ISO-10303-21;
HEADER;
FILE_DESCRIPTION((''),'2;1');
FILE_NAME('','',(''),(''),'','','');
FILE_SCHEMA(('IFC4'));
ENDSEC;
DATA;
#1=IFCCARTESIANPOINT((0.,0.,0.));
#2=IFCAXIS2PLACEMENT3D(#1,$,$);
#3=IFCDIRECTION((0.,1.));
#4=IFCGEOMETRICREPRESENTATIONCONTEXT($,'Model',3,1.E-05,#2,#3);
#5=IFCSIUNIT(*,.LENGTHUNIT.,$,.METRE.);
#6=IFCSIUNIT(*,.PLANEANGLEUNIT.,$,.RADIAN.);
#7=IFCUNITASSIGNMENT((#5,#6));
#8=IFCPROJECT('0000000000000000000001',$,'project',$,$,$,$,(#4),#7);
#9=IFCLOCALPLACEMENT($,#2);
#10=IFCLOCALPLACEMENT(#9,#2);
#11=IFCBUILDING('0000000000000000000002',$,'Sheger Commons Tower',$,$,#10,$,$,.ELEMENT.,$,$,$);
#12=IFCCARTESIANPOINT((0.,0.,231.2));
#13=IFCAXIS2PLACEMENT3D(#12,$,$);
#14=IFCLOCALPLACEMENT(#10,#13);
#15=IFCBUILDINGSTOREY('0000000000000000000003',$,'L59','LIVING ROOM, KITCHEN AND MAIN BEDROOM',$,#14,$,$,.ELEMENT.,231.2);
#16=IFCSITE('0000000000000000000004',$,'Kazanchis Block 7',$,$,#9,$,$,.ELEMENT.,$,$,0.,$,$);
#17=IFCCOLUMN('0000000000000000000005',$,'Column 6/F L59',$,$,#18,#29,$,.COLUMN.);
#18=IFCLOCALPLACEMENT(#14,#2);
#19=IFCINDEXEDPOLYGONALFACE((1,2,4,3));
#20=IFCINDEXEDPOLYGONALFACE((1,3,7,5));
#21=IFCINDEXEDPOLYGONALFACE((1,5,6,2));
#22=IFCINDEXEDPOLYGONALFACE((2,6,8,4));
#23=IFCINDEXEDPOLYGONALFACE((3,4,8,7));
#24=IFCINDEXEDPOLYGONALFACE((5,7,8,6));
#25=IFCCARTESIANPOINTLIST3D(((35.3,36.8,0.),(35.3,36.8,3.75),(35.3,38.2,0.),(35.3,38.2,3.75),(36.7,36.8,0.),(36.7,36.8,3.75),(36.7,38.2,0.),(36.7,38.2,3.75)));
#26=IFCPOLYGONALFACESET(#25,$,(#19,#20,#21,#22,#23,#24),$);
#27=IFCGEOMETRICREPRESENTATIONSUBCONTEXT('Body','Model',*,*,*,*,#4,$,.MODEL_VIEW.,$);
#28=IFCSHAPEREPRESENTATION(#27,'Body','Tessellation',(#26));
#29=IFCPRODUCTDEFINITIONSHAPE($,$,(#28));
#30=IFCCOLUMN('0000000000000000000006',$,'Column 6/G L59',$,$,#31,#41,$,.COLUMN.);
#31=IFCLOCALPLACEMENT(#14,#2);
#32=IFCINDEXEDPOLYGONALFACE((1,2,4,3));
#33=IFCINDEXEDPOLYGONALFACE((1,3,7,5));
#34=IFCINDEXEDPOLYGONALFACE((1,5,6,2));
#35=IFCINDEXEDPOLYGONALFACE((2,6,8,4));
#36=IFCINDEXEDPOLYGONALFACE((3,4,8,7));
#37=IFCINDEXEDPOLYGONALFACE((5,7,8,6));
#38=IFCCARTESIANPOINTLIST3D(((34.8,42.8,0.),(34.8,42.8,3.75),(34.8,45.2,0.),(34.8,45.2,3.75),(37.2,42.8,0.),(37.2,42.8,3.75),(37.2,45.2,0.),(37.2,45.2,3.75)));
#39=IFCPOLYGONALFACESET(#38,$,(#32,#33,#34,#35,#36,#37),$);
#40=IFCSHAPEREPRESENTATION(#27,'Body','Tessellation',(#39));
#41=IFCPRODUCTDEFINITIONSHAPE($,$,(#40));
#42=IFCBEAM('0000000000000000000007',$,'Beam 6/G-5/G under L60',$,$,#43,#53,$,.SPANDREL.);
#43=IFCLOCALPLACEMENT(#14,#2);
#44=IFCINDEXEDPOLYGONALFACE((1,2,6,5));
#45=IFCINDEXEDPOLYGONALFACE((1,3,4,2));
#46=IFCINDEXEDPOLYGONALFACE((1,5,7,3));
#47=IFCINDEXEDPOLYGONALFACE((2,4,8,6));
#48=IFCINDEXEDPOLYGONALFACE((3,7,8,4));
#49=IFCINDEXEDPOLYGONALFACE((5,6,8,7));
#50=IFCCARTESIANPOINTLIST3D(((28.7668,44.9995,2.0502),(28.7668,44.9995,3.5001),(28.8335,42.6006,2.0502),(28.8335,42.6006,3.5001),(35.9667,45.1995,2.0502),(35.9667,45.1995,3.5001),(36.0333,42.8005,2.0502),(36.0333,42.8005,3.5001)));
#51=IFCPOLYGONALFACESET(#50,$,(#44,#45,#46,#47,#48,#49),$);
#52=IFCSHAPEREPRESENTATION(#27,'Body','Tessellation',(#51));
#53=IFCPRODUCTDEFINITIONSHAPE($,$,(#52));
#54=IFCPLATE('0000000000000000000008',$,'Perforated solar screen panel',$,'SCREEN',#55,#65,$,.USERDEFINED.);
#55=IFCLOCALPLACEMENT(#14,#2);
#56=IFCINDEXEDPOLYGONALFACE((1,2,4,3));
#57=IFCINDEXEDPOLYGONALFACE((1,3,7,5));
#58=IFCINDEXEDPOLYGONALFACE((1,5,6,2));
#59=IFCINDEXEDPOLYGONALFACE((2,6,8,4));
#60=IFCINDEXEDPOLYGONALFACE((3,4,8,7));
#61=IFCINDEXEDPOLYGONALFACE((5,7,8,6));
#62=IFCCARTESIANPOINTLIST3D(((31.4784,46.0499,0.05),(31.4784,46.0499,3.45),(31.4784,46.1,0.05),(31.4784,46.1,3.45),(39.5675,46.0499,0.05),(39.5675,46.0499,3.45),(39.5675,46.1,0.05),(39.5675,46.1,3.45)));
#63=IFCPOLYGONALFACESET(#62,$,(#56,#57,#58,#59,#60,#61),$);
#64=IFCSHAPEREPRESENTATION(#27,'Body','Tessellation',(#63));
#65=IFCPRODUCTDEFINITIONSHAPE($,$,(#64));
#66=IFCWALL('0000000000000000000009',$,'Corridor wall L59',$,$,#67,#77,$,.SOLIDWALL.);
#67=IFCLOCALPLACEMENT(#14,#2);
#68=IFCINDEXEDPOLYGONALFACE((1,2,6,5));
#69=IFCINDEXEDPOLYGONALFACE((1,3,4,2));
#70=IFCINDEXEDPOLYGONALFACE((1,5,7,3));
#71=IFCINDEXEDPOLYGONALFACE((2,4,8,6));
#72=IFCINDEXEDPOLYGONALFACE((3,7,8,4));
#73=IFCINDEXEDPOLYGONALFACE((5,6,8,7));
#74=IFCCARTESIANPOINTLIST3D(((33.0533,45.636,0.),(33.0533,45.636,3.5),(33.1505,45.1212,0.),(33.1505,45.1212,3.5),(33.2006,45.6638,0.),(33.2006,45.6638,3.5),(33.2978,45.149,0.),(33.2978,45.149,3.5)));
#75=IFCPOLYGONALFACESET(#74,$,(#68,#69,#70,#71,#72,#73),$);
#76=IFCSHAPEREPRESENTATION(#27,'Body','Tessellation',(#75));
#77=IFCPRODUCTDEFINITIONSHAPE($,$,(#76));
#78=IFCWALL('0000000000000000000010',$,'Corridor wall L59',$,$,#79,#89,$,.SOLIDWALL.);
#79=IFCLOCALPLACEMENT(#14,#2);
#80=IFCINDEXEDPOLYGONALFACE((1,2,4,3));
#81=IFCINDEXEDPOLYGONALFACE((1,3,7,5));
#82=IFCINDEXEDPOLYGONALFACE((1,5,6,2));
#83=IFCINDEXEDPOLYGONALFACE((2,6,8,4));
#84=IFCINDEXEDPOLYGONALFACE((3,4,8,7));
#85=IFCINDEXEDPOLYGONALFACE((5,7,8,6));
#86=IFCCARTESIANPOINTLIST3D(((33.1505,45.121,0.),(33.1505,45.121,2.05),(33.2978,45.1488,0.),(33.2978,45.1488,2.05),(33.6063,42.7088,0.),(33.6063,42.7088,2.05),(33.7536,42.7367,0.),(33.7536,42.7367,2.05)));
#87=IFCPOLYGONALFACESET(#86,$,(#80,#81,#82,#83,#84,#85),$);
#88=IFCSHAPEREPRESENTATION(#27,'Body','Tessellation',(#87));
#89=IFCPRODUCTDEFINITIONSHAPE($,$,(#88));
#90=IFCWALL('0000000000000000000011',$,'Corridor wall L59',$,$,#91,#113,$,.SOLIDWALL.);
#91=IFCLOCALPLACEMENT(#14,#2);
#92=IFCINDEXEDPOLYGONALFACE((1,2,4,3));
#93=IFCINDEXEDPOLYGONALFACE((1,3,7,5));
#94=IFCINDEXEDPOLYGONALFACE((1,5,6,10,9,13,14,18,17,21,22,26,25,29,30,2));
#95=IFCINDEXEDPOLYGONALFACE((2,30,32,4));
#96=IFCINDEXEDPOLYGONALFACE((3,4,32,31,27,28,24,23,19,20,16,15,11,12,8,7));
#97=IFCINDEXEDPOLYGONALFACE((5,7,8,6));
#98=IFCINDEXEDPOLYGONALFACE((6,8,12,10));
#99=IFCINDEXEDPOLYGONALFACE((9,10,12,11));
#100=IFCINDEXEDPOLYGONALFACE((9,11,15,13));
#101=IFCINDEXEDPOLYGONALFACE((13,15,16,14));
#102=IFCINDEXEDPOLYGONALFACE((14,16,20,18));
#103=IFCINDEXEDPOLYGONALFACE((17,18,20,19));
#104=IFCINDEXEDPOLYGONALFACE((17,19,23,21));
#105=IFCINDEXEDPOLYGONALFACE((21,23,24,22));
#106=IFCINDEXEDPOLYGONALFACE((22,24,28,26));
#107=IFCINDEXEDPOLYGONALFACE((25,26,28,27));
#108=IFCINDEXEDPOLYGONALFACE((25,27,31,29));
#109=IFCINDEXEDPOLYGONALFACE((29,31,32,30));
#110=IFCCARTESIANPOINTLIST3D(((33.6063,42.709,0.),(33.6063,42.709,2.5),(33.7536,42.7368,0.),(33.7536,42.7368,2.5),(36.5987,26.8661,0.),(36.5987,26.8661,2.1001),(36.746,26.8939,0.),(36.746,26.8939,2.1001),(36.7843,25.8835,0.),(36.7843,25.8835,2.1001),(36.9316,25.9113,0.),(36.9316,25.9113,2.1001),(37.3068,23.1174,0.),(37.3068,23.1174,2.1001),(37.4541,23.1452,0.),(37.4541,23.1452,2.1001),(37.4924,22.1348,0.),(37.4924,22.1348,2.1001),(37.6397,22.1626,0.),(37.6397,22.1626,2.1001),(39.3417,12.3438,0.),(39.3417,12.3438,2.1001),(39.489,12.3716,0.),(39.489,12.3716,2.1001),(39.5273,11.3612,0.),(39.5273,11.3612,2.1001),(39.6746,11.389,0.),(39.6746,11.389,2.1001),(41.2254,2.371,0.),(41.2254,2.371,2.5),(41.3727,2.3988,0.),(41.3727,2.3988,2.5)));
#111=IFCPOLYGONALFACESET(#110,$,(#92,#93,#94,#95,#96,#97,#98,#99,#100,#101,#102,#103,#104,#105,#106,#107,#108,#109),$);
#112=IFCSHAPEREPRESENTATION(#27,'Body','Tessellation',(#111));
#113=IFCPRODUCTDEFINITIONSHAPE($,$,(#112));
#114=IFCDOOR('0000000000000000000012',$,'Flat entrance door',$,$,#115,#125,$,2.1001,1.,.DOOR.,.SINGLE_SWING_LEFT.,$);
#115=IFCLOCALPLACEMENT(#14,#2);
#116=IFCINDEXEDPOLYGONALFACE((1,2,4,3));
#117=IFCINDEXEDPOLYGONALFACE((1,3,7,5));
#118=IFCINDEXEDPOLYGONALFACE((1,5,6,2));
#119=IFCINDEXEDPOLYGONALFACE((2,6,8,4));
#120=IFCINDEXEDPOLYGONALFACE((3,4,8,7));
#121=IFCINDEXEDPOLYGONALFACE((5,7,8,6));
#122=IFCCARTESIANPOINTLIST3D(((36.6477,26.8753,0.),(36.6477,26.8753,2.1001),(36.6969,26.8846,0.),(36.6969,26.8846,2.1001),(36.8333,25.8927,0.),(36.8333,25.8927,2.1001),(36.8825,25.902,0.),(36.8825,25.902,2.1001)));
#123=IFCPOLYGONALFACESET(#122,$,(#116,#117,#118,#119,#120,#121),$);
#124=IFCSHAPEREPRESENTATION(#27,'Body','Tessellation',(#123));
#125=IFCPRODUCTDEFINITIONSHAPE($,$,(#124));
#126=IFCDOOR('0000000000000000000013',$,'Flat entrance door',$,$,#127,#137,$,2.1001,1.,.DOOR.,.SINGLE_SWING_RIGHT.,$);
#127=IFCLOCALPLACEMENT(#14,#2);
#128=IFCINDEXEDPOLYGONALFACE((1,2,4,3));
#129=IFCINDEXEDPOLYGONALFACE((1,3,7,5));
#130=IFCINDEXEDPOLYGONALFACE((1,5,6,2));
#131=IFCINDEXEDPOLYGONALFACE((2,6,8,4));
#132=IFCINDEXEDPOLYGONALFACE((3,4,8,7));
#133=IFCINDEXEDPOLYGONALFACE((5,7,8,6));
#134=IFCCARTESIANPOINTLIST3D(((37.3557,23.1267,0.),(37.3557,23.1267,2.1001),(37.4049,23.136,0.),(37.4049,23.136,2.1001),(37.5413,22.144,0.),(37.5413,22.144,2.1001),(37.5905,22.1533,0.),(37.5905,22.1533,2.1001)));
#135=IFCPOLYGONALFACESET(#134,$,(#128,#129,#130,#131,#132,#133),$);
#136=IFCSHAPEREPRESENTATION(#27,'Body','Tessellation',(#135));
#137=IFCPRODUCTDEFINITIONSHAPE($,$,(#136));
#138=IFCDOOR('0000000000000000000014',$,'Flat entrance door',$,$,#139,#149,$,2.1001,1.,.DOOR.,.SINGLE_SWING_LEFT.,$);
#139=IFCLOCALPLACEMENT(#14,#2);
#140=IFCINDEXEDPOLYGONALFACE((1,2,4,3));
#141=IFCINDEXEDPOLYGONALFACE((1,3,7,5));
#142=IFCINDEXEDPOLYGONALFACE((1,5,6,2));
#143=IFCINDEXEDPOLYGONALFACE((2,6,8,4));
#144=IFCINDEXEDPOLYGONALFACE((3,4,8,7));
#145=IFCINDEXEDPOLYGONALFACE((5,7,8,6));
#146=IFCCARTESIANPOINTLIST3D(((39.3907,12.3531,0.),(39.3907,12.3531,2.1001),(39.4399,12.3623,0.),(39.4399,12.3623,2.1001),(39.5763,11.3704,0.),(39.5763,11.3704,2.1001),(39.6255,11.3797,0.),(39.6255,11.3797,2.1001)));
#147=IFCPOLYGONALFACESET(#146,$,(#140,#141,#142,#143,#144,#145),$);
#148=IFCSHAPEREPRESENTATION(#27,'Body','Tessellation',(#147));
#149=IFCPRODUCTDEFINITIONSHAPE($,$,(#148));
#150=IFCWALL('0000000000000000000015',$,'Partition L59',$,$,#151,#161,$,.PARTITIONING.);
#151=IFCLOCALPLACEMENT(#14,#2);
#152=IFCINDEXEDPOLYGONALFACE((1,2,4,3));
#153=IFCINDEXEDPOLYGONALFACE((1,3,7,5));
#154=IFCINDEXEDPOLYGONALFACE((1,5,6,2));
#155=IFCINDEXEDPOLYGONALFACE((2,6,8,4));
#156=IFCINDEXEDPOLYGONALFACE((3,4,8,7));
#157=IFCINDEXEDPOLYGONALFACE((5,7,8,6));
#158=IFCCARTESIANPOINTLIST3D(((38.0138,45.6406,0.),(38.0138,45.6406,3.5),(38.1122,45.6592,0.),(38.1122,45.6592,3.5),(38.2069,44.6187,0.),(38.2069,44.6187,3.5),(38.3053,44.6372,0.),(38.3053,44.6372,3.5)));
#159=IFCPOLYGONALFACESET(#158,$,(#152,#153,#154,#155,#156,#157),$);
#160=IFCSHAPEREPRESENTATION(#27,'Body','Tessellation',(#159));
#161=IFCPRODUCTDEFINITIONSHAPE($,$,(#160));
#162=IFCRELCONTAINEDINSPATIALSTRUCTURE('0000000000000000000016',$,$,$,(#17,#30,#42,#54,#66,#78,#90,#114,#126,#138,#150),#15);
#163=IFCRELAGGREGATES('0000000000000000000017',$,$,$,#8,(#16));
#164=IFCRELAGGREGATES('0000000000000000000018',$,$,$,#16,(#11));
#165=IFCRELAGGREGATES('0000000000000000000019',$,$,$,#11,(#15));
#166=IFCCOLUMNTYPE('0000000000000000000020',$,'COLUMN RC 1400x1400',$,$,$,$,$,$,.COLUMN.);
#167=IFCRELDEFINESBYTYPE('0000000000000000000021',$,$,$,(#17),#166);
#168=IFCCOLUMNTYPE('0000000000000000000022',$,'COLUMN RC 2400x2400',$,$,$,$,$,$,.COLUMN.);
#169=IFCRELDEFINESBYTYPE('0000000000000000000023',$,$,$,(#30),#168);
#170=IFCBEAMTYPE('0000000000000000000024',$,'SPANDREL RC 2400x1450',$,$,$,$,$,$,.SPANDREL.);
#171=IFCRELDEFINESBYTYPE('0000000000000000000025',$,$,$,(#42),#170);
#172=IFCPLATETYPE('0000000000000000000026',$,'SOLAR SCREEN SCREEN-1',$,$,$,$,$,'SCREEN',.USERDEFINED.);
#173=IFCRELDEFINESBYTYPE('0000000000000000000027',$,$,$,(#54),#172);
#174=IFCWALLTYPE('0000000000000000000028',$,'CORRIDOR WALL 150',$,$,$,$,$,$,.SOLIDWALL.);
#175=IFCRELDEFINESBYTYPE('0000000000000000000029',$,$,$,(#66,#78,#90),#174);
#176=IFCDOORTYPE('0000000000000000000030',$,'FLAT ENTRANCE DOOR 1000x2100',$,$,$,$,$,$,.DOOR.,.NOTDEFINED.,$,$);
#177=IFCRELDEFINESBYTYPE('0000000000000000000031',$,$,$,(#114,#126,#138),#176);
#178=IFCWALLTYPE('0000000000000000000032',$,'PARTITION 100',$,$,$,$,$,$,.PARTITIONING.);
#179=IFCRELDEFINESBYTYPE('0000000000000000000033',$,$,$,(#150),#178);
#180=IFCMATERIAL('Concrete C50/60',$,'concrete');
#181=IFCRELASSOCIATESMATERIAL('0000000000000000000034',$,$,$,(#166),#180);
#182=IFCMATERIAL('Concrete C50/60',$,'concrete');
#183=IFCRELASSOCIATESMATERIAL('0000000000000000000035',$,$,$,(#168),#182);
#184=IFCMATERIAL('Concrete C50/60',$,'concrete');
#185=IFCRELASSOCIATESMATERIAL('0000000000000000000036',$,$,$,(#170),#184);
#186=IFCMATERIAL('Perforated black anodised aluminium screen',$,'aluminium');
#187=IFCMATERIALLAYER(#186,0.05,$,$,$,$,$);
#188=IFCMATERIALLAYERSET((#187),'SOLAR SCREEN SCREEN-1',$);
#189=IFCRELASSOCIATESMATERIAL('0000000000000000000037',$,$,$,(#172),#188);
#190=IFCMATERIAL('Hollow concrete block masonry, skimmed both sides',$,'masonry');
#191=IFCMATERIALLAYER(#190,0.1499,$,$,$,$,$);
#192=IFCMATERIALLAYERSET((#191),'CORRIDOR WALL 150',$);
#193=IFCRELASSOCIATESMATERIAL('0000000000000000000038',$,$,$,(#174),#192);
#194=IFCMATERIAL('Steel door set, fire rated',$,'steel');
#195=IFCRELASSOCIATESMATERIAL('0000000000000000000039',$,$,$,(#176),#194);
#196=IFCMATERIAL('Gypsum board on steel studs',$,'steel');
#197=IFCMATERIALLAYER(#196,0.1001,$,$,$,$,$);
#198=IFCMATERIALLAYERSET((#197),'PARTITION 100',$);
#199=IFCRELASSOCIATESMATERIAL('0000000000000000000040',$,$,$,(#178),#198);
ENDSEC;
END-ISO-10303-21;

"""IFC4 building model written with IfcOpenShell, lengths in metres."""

from ifc_helpers import new_model, si_unit, direction, frame, frame_2d, origin, origin_2d, place, context, subcontext, project, spatial, rectangle, extrude, material, layer, layer_set, material_profile, profile_set, type_object, element, fill, save


model = new_model("IFC4")

# Units and contexts
model_context = context("Model", 3, precision=1e-05, world=origin(), true_north=direction((0.0, 1.0)))
body_context = subcontext(model_context, "Body", "Model", "MODEL_VIEW")
ifc_project = project(units=[si_unit("LENGTHUNIT", "METRE"), si_unit("PLANEANGLEUNIT", "RADIAN")], contexts=[model_context])

# Site, building, storey
site_placement = place(None, origin())
site = spatial("IfcSite", under=ifc_project, at=site_placement, Name="Kazanchis Block 7", CompositionType="ELEMENT", RefElevation=0.0)
building_placement = place(site_placement, origin())
building = spatial("IfcBuilding", under=site, at=building_placement, Name="Sheger Commons Tower", CompositionType="ELEMENT")
storey_placement = place(building_placement, frame((0.0, 0.0, 231.2)))
storey = spatial("IfcBuildingStorey", under=building, at=storey_placement, Name="L59", Description="LIVING ROOM, KITCHEN AND MAIN BEDROOM", CompositionType="ELEMENT", Elevation=231.2)

# Columns
ifc_material_1 = material(Name="Concrete C50/60", Category="concrete")
ifc_material_profile_1 = material_profile(ifc_material_1, rectangle(XDim=1.3999, YDim=1.3999, at=origin_2d()), Name="RC 1400x1400")
ifc_profile_set_1 = profile_set([ifc_material_profile_1], Name="Concrete C50/60")
column_type_1 = type_object("IfcColumnType", Name="COLUMN RC 1400x1400", PredefinedType="COLUMN", material=ifc_profile_set_1)
column_1_placement = place(storey_placement, frame((36.0, 37.5, 0.0), z_axis=(0.0, 0.0, 1.0), x_axis=(1.0, 0.0, 0.0)))
element("IfcColumn", 1, at=column_1_placement, inside=storey, type_object=column_type_1, Name="Column 6/F L59", PredefinedType="COLUMN", context=body_context, shape_type="SweptSolid", body=[
    extrude(rectangle(XDim=1.3999, YDim=1.3999, at=origin_2d()), origin(), (0.0, 0.0, 1.0), 3.75),
])
ifc_material_2 = material(Name="Concrete C50/60", Category="concrete")
ifc_material_profile_2 = material_profile(ifc_material_2, rectangle(XDim=2.3999, YDim=2.3999, at=origin_2d()), Name="RC 2400x2400")
ifc_profile_set_2 = profile_set([ifc_material_profile_2], Name="Concrete C50/60")
column_type_2 = type_object("IfcColumnType", Name="COLUMN RC 2400x2400", PredefinedType="COLUMN", material=ifc_profile_set_2)
column_2_placement = place(storey_placement, frame((36.0, 44.0, 0.0), z_axis=(0.0, 0.0, 1.0), x_axis=(1.0, 0.0, 0.0)))
element("IfcColumn", 2, at=column_2_placement, inside=storey, type_object=column_type_2, Name="Column 6/G L59", PredefinedType="COLUMN", context=body_context, shape_type="SweptSolid", body=[
    extrude(rectangle(XDim=2.3999, YDim=2.3999, at=origin_2d()), origin(), (0.0, 0.0, 1.0), 3.75),
])

# Beam
ifc_material_3 = material(Name="Concrete C50/60", Category="concrete")
ifc_material_profile_3 = material_profile(ifc_material_3, rectangle(XDim=2.3999, YDim=1.45, at=origin_2d()), Name="RC 2400x1450")
ifc_profile_set_3 = profile_set([ifc_material_profile_3], Name="Concrete C50/60")
beam_type = type_object("IfcBeamType", Name="SPANDREL RC 2400x1450", PredefinedType="SPANDREL", material=ifc_profile_set_3)
beam_placement = place(storey_placement, frame((36.0, 44.0, 2.7751), z_axis=(-0.999615, -0.02776, 0.0), x_axis=(0.02776, -0.999615, 0.0)))
element("IfcBeam", 3, at=beam_placement, inside=storey, type_object=beam_type, Name="Beam 6/G-5/G under L60", PredefinedType="SPANDREL", context=body_context, shape_type="SweptSolid", body=[
    extrude(rectangle(XDim=2.3999, YDim=1.45, at=origin_2d()), origin(), (0.0, 0.0, 1.0), 7.2026),
])

# Plate
ifc_material_4 = material(Name="Perforated black anodised aluminium screen", Category="aluminium")
ifc_layer_1 = layer(ifc_material_4, 0.05)
ifc_layer_set_1 = layer_set([ifc_layer_1], Name="SOLAR SCREEN SCREEN-1")
plate_type = type_object("IfcPlateType", Name="SOLAR SCREEN SCREEN-1", ElementType="SCREEN", PredefinedType="USERDEFINED", material=ifc_layer_set_1)
plate_placement = place(storey_placement, frame((35.5229, 46.075, 0.05), z_axis=(0.0, 0.0, 1.0), x_axis=(-1.0, 0.0, 0.0)))
element("IfcPlate", 4, at=plate_placement, inside=storey, type_object=plate_type, Name="Perforated solar screen panel", ObjectType="SCREEN", PredefinedType="USERDEFINED", context=body_context, shape_type="SweptSolid", body=[
    extrude(rectangle(XDim=8.0891, YDim=0.05, at=origin_2d()), origin(), (0.0, 0.0, 1.0), 3.3999),
])

# Walls
ifc_material_5 = material(Name="Hollow concrete block masonry, skimmed both sides", Category="masonry")
ifc_layer_2 = layer(ifc_material_5, 0.1499)
ifc_layer_set_2 = layer_set([ifc_layer_2], Name="CORRIDOR WALL 150")
wall_type_1 = type_object("IfcWallType", Name="CORRIDOR WALL 150", PredefinedType="SOLIDWALL", material=ifc_layer_set_2)
wall_1_placement = place(storey_placement, frame((33.127, 45.6499, 0.0), z_axis=(0.0, 0.0, 1.0), x_axis=(0.185442, -0.982655, 0.0)))
element("IfcWall", 5, at=wall_1_placement, inside=storey, type_object=wall_type_1, Name="Corridor wall L59", PredefinedType="SOLIDWALL", context=body_context, shape_type="SweptSolid", body=[
    extrude(rectangle(XDim=0.5239, YDim=0.1499, at=frame_2d((0.262, 0.0))), origin(), (0.0, 0.0, 1.0), 3.5),
])
wall_2_placement = place(storey_placement, frame((33.2241, 45.135, 0.0), z_axis=(0.0, 0.0, 1.0), x_axis=(0.185681, -0.98261, 0.0)))
element("IfcWall", 6, at=wall_2_placement, inside=storey, type_object=wall_type_1, Name="Corridor wall L59", PredefinedType="SOLIDWALL", context=body_context, shape_type="SweptSolid", body=[
    extrude(rectangle(XDim=2.4548, YDim=0.1499, at=frame_2d((1.2275, 0.0))), origin(), (0.0, 0.0, 1.0), 2.05),
])

# Wall, openings, doors
wall_3_placement = place(storey_placement, frame((33.6799, 42.7229, 0.0), z_axis=(0.0, 0.0, 1.0), x_axis=(0.185601, -0.982625, 0.0)))
wall_3 = element("IfcWall", 7, at=wall_3_placement, inside=storey, type_object=wall_type_1, Name="Corridor wall L59", PredefinedType="SOLIDWALL", context=body_context, shape_type="SweptSolid", body=[
    extrude(rectangle(XDim=41.0513, YDim=0.1499, at=frame_2d((20.5256, 0.0))), origin(), (0.0, 0.0, 1.0), 2.5),
])
opening_1_placement = place(wall_3_placement, frame((16.123, 0.0, 0.0)))
opening_1 = element("IfcOpeningElement", 8, at=opening_1_placement, cuts=wall_3, PredefinedType="OPENING", context=body_context, shape_type="SweptSolid", body=[
    extrude(rectangle(XDim=1.0, YDim=2.1001, at=frame_2d((0.5, 1.05))), frame((0.0, 0.085, 0.0), z_axis=(0.0, -1.0, 0.0), x_axis=(1.0, 0.0, 0.0)), (0.0, 0.0, 1.0), 0.1699),
])
opening_2_placement = place(wall_3_placement, frame((19.938, 0.0, 0.0)))
opening_2 = element("IfcOpeningElement", 9, at=opening_2_placement, cuts=wall_3, PredefinedType="OPENING", context=body_context, shape_type="SweptSolid", body=[
    extrude(rectangle(XDim=1.0, YDim=2.1001, at=frame_2d((0.5, 1.05))), frame((0.0, 0.085, 0.0), z_axis=(0.0, -1.0, 0.0), x_axis=(1.0, 0.0, 0.0)), (0.0, 0.0, 1.0), 0.1699),
])
opening_3_placement = place(wall_3_placement, frame((30.9021, 0.0, 0.0)))
opening_3 = element("IfcOpeningElement", 10, at=opening_3_placement, cuts=wall_3, PredefinedType="OPENING", context=body_context, shape_type="SweptSolid", body=[
    extrude(rectangle(XDim=1.0, YDim=2.1001, at=frame_2d((0.5, 1.05))), frame((0.0, 0.085, 0.0), z_axis=(0.0, -1.0, 0.0), x_axis=(1.0, 0.0, 0.0)), (0.0, 0.0, 1.0), 0.1699),
])
ifc_material_6 = material(Name="Steel door set, fire rated", Category="steel")
door_type_1 = type_object("IfcDoorType", Name="FLAT ENTRANCE DOOR 1000x2100", OperationType="NOTDEFINED", PredefinedType="DOOR", material=ifc_material_6)
door_1_placement = place(opening_1_placement, origin())
door_1 = element("IfcDoor", 11, at=door_1_placement, inside=storey, type_object=door_type_1, Name="Flat entrance door", OperationType="SINGLE_SWING_LEFT", OverallHeight=2.1001, OverallWidth=1.0, PredefinedType="DOOR", context=body_context, shape_type="SweptSolid", body=[
    extrude(rectangle(XDim=1.0, YDim=2.1001, at=frame_2d((0.5, 1.05))), frame((0.0, 0.0249, 0.0), z_axis=(0.0, -1.0, 0.0), x_axis=(1.0, 0.0, 0.0)), (0.0, 0.0, 1.0), 0.05),
])
fill(opening_1, door_1)
door_2_placement = place(opening_2_placement, origin())
door_2 = element("IfcDoor", 12, at=door_2_placement, inside=storey, type_object=door_type_1, Name="Flat entrance door", OperationType="SINGLE_SWING_RIGHT", OverallHeight=2.1001, OverallWidth=1.0, PredefinedType="DOOR", context=body_context, shape_type="SweptSolid", body=[
    extrude(rectangle(XDim=1.0, YDim=2.1001, at=frame_2d((0.5, 1.05))), frame((0.0, 0.0249, 0.0), z_axis=(0.0, -1.0, 0.0), x_axis=(1.0, 0.0, 0.0)), (0.0, 0.0, 1.0), 0.05),
])
fill(opening_2, door_2)
door_3_placement = place(opening_3_placement, origin())
door_3 = element("IfcDoor", 13, at=door_3_placement, inside=storey, type_object=door_type_1, Name="Flat entrance door", OperationType="SINGLE_SWING_LEFT", OverallHeight=2.1001, OverallWidth=1.0, PredefinedType="DOOR", context=body_context, shape_type="SweptSolid", body=[
    extrude(rectangle(XDim=1.0, YDim=2.1001, at=frame_2d((0.5, 1.05))), frame((0.0, 0.0249, 0.0), z_axis=(0.0, -1.0, 0.0), x_axis=(1.0, 0.0, 0.0)), (0.0, 0.0, 1.0), 0.05),
])
fill(opening_3, door_3)

# Wall
ifc_material_7 = material(Name="Gypsum board on steel studs", Category="steel")
ifc_layer_3 = layer(ifc_material_7, 0.1001)
ifc_layer_set_3 = layer_set([ifc_layer_3], Name="PARTITION 100")
wall_type_2 = type_object("IfcWallType", Name="PARTITION 100", PredefinedType="PARTITIONING", material=ifc_layer_set_3)
wall_4_placement = place(storey_placement, frame((38.063, 45.6499, 0.0), z_axis=(0.0, 0.0, 1.0), x_axis=(0.185677, -0.982611, 0.0)))
element("IfcWall", 14, at=wall_4_placement, inside=storey, type_object=wall_type_2, Name="Partition L59", PredefinedType="PARTITIONING", context=body_context, shape_type="SweptSolid", body=[
    extrude(rectangle(XDim=1.04, YDim=0.1001, at=frame_2d((0.52, 0.0))), origin(), (0.0, 0.0, 1.0), 3.5),
])

save(model, "model.ifc")
